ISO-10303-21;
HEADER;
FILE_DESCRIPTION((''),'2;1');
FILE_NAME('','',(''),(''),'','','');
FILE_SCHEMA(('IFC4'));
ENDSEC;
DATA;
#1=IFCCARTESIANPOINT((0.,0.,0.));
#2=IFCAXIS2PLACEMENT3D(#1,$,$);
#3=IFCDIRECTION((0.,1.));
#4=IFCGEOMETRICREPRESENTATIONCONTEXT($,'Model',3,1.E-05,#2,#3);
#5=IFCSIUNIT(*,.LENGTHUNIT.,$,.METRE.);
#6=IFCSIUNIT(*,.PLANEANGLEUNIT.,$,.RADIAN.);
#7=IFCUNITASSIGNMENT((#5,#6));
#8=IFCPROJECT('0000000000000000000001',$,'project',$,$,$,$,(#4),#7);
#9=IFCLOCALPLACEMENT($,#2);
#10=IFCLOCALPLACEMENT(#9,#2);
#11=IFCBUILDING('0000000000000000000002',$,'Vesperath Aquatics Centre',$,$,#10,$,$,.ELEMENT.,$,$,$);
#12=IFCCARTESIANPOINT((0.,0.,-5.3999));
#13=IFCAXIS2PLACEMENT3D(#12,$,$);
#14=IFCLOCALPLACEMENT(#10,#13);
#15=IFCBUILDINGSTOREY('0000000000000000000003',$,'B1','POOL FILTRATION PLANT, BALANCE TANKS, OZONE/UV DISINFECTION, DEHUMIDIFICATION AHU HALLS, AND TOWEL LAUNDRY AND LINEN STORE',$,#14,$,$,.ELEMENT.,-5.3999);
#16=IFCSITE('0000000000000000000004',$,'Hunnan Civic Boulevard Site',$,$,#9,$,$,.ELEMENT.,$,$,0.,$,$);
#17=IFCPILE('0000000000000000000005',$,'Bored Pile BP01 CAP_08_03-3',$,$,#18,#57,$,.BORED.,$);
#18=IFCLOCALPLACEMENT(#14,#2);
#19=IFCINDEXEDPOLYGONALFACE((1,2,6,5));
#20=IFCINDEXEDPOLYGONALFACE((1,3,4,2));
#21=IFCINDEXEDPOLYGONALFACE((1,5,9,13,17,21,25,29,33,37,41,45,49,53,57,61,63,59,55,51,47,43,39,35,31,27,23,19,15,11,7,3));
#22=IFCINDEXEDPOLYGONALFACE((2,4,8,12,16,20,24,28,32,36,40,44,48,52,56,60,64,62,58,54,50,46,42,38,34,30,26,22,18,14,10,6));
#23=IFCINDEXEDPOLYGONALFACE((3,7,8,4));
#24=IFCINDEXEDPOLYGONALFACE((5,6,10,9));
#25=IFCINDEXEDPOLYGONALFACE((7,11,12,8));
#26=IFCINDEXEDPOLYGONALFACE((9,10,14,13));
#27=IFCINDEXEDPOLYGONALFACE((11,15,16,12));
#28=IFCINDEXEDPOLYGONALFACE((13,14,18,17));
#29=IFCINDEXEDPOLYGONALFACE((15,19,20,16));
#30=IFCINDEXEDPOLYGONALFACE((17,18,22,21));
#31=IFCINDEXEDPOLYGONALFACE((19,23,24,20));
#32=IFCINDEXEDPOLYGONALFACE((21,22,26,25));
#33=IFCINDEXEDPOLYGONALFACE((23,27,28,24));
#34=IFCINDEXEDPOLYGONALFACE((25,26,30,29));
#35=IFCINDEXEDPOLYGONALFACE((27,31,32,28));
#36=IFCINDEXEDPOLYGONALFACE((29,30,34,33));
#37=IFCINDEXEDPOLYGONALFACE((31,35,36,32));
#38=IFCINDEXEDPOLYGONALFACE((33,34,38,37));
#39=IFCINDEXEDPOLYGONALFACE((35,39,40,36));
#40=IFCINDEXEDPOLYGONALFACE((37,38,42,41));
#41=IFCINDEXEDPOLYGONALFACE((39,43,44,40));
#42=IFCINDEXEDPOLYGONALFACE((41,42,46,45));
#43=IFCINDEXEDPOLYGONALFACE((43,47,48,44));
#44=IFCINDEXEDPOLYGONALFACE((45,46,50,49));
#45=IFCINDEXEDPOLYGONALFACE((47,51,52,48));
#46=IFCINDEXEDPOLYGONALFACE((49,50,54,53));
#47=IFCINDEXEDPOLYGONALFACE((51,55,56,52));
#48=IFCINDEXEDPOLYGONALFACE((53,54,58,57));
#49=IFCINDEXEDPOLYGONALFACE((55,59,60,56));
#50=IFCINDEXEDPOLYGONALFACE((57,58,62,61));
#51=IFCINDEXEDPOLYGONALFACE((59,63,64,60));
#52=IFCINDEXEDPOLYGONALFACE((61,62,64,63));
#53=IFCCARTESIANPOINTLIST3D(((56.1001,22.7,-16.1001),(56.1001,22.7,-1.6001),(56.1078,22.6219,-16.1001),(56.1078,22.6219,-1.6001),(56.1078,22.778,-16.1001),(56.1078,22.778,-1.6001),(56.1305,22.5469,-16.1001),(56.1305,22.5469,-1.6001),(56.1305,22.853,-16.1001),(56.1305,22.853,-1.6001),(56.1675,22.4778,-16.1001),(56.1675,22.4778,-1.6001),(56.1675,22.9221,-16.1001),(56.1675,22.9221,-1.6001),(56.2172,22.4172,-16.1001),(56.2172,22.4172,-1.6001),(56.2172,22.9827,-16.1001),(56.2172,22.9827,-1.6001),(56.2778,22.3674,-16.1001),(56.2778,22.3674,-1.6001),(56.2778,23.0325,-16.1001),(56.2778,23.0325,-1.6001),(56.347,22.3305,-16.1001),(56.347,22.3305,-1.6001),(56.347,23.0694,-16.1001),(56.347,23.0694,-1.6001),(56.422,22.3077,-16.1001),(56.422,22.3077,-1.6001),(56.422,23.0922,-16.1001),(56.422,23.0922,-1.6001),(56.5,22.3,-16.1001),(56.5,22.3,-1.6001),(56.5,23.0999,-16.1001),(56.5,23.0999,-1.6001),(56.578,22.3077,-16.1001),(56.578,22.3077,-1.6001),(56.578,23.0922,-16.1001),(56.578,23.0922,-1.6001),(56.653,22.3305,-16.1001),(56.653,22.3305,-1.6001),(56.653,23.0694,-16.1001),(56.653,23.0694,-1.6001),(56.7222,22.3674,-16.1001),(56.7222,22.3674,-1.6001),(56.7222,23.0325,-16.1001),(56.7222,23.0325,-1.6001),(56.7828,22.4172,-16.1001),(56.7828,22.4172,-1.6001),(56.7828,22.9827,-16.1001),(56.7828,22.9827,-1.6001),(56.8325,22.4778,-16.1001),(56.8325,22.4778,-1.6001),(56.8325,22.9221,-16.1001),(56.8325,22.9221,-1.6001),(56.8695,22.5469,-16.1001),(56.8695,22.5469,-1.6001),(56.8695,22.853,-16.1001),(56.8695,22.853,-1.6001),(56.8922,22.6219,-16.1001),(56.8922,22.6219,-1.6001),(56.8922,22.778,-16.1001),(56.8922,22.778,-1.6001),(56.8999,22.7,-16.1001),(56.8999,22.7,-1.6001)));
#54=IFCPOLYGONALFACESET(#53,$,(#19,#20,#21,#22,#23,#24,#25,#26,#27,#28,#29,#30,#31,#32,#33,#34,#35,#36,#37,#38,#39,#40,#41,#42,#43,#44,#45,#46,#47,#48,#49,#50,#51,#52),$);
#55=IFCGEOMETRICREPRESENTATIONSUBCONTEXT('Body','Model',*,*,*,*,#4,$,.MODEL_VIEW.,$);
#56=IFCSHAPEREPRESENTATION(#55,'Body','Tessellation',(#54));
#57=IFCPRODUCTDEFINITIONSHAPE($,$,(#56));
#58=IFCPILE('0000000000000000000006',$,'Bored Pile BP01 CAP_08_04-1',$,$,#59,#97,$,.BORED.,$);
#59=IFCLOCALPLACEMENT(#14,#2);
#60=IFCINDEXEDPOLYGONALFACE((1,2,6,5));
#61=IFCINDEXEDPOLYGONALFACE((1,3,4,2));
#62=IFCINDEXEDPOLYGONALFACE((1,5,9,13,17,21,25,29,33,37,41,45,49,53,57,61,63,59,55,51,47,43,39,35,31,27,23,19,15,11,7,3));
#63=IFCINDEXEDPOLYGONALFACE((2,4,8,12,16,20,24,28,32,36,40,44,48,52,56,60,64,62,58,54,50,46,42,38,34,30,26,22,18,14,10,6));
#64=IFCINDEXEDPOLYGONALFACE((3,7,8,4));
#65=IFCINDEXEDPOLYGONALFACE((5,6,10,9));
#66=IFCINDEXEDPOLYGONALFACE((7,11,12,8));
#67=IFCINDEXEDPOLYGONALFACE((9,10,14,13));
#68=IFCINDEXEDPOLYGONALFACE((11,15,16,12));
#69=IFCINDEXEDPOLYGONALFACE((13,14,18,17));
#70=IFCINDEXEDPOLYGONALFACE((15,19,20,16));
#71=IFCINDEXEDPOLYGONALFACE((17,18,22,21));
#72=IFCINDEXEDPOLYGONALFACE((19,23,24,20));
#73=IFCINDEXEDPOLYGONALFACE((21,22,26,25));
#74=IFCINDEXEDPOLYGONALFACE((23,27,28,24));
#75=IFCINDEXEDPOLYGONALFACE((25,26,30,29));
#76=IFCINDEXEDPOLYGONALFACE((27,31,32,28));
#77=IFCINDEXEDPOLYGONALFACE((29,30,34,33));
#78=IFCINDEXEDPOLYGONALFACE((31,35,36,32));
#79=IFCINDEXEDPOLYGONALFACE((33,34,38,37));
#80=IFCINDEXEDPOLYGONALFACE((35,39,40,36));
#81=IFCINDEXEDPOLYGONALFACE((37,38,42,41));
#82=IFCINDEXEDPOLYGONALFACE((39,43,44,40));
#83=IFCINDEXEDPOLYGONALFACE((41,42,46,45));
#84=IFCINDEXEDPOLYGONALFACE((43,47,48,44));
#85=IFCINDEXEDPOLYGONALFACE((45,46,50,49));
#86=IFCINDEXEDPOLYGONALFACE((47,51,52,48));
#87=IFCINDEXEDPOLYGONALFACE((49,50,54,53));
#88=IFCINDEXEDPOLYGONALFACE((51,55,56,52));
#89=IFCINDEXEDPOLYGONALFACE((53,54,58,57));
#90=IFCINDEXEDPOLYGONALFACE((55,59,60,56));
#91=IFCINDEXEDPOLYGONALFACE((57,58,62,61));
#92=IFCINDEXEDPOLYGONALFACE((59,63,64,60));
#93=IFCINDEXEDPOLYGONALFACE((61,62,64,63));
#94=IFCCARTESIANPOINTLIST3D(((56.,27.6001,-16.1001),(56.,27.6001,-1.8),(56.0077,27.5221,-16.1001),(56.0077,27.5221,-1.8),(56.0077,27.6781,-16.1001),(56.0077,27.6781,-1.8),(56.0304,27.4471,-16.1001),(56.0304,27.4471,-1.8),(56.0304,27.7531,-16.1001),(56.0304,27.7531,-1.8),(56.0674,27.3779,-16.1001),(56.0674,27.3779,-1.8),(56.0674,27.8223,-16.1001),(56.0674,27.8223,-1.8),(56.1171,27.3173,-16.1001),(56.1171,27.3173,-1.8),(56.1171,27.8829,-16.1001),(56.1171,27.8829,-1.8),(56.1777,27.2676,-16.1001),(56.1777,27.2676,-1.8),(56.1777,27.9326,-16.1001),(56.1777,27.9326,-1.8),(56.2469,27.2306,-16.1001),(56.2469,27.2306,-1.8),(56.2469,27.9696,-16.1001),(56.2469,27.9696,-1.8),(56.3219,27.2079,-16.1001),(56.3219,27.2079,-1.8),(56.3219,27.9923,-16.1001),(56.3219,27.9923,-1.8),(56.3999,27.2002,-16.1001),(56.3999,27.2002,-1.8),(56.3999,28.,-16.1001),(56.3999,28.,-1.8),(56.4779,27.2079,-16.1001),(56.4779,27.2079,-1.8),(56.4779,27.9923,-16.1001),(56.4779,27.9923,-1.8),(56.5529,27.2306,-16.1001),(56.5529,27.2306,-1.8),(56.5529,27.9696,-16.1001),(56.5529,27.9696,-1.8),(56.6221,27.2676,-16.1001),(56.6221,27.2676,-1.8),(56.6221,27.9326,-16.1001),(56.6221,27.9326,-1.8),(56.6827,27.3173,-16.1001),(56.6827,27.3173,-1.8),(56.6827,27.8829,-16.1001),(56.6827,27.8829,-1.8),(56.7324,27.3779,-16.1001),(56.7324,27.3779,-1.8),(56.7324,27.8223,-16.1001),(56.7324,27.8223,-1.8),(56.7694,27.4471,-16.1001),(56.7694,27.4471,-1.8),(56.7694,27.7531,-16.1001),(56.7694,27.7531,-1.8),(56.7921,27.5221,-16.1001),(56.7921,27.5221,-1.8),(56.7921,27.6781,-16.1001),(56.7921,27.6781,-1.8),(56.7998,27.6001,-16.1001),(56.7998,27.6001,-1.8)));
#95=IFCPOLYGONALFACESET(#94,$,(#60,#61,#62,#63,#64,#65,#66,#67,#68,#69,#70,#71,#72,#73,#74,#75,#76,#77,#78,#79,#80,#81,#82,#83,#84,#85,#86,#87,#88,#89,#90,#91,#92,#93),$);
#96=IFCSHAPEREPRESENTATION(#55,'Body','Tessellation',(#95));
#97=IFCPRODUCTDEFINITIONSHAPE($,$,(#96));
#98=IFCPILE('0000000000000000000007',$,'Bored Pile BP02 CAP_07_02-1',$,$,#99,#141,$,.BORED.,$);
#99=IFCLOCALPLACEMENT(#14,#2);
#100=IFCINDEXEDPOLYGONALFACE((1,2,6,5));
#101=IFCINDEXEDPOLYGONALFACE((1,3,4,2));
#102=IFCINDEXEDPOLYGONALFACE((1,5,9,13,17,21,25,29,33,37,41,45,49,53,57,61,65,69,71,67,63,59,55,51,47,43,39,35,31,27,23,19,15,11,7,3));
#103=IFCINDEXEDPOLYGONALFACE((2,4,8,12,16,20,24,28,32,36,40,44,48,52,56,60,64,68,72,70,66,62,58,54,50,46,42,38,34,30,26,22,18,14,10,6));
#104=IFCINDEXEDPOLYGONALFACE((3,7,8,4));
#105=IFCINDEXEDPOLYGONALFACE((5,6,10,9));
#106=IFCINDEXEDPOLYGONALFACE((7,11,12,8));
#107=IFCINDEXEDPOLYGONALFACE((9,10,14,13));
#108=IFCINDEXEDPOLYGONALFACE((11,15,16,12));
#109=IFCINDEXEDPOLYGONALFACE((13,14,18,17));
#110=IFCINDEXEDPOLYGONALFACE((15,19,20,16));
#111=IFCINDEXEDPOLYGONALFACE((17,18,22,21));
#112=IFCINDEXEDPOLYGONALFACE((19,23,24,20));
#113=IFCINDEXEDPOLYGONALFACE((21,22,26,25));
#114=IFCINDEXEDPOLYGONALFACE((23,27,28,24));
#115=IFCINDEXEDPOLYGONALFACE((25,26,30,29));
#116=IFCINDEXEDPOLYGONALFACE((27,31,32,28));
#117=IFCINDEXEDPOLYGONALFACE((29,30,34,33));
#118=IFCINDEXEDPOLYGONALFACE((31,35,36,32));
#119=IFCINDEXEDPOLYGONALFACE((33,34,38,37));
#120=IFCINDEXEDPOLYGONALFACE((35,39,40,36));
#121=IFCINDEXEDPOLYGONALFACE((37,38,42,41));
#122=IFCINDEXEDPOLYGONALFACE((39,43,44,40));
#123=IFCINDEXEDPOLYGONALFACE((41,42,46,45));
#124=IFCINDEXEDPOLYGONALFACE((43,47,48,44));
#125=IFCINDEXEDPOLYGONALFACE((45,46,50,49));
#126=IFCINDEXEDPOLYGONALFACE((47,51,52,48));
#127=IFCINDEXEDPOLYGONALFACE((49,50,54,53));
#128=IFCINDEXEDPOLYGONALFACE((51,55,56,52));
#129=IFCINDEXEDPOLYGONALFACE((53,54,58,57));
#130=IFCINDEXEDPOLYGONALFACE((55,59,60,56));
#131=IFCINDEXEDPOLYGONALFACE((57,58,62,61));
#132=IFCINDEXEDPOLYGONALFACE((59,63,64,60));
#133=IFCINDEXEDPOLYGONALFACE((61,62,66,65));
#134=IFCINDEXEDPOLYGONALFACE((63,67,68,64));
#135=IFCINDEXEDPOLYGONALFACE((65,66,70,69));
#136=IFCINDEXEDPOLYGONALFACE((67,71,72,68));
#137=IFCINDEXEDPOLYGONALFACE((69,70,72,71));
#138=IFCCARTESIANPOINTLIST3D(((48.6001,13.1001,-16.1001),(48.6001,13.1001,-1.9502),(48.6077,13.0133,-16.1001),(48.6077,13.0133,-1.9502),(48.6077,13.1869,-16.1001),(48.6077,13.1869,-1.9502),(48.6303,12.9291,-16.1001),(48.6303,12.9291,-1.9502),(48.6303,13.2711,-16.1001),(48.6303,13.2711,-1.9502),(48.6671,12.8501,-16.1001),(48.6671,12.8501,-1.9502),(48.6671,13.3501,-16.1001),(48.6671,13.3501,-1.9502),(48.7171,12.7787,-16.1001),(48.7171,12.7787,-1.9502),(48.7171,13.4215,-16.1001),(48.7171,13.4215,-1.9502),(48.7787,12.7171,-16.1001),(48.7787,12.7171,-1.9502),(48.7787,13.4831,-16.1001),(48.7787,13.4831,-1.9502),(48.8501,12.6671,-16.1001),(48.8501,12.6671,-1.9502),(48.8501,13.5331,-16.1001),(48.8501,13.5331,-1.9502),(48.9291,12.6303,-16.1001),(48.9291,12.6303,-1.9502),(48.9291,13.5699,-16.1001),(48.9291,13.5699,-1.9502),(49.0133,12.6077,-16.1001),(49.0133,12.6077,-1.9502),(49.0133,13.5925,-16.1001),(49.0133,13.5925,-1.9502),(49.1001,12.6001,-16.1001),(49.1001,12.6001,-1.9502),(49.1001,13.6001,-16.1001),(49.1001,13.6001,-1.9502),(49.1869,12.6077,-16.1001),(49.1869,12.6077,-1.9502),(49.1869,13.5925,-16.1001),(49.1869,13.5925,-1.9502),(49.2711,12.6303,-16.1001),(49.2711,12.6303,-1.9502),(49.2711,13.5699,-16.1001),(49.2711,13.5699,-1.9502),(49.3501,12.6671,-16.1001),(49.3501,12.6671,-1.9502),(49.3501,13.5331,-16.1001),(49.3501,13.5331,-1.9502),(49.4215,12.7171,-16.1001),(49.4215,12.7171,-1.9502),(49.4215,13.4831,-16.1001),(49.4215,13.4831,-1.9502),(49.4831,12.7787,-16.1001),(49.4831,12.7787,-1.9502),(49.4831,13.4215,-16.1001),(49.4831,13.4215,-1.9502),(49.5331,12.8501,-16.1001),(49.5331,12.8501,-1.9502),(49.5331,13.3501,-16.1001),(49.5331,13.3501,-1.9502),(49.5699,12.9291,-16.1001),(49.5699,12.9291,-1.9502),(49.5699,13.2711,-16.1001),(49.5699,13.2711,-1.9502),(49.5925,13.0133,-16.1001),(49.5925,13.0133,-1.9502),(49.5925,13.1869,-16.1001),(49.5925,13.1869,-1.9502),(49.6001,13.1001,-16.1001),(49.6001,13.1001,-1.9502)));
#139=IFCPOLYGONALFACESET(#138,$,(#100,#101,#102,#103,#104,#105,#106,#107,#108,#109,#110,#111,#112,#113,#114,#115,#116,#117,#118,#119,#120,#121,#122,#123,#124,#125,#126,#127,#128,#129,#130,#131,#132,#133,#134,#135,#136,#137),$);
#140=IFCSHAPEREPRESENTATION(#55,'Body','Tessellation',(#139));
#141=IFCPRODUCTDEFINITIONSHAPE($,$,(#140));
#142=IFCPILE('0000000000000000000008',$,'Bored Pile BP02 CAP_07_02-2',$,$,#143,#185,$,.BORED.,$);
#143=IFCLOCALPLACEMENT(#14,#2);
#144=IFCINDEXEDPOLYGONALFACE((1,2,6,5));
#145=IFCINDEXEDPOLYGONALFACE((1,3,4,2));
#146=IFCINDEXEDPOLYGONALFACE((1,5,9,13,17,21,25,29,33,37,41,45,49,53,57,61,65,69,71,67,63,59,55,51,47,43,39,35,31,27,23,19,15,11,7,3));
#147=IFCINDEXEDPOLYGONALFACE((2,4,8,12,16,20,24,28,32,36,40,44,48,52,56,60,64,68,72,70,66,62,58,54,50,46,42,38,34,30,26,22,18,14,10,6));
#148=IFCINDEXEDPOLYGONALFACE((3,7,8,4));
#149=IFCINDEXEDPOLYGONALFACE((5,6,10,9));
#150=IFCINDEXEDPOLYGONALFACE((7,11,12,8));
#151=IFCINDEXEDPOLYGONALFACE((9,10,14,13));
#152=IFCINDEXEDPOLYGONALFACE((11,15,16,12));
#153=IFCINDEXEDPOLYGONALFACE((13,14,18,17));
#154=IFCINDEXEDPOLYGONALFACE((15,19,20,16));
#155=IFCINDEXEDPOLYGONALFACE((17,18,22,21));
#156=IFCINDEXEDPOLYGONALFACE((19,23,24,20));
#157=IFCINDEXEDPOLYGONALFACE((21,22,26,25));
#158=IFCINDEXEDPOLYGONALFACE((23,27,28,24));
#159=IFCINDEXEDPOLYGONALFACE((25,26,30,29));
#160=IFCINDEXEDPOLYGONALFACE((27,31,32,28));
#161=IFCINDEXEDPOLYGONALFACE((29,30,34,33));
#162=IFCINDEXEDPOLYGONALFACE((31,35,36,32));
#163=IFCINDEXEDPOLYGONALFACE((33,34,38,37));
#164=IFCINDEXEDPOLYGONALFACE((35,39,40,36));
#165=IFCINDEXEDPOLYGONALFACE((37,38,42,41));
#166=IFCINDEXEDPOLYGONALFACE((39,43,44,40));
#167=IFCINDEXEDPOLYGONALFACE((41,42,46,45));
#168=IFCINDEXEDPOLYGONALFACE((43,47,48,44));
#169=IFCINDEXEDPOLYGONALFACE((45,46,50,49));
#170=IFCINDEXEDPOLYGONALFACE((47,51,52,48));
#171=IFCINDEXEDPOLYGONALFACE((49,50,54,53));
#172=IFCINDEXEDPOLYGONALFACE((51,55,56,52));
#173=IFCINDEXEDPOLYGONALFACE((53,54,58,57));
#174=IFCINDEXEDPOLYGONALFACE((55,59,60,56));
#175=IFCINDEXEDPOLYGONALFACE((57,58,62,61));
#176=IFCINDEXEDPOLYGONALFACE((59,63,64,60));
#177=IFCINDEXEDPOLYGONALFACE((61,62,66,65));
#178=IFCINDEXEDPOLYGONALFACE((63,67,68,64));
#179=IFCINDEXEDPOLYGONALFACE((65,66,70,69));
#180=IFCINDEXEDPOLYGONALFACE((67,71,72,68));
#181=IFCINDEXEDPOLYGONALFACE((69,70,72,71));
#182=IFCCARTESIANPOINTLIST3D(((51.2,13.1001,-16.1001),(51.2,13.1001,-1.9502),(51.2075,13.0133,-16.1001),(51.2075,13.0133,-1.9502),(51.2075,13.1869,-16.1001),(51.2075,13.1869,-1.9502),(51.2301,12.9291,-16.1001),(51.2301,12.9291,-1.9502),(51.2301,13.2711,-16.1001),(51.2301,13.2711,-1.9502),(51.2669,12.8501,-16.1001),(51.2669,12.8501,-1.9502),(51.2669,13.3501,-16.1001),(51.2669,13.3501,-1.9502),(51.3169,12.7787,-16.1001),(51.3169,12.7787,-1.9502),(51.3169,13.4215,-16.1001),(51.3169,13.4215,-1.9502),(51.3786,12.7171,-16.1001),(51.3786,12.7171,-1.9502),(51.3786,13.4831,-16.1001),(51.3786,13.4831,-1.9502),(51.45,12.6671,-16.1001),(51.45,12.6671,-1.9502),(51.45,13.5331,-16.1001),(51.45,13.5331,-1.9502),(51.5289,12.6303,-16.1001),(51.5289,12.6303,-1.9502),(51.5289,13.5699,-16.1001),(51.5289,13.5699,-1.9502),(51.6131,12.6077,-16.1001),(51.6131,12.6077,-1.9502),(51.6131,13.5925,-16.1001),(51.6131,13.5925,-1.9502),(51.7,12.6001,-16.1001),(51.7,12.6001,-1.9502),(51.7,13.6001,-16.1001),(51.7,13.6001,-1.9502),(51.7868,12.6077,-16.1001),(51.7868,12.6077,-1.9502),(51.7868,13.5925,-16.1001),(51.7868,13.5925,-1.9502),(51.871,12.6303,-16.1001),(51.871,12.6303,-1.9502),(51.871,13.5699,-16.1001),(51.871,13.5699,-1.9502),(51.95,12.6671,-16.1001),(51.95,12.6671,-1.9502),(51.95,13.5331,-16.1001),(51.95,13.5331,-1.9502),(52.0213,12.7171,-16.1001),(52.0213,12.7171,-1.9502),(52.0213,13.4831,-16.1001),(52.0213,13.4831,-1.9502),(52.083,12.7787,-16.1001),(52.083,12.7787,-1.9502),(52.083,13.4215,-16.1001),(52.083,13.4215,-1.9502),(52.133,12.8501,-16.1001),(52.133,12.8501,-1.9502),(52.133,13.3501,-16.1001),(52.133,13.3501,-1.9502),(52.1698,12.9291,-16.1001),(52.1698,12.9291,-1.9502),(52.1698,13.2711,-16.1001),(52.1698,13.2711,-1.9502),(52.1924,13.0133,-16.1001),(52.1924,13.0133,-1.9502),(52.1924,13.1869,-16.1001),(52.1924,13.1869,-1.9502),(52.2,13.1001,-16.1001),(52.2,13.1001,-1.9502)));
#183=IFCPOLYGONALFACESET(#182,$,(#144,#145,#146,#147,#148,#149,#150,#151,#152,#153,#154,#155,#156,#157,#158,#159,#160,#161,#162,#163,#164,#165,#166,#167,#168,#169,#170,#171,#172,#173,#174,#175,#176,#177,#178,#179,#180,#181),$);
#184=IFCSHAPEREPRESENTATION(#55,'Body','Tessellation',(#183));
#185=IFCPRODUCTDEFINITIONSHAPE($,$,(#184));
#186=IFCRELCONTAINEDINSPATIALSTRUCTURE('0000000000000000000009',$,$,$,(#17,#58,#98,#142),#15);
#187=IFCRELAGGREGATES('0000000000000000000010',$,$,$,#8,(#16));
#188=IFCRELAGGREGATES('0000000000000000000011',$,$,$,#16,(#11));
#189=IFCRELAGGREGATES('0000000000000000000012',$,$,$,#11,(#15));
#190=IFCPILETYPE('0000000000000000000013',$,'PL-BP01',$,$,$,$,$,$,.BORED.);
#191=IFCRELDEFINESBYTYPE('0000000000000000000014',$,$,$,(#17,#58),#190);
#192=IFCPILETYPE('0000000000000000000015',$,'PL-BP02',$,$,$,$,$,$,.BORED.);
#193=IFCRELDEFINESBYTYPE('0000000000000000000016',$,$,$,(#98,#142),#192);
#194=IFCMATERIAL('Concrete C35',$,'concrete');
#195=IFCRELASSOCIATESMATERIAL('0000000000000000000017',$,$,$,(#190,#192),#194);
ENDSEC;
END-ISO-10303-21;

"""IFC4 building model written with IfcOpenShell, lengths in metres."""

from ifc_helpers import new_model, si_unit, direction, frame, origin, origin_2d, place, context, subcontext, project, spatial, circle, extrude, material, material_profile, profile_set, type_object, element, save


model = new_model("IFC4")

# Units and contexts
model_context = context("Model", 3, precision=1e-05, world=origin(), true_north=direction((0.0, 1.0)))
body_context = subcontext(model_context, "Body", "Model", "MODEL_VIEW")
ifc_project = project(units=[si_unit("LENGTHUNIT", "METRE"), si_unit("PLANEANGLEUNIT", "RADIAN")], contexts=[model_context])

# Site, building, storey
site_placement = place(None, origin())
site = spatial("IfcSite", under=ifc_project, at=site_placement, Name="Hunnan Civic Boulevard Site", CompositionType="ELEMENT", RefElevation=0.0)
building_placement = place(site_placement, origin())
building = spatial("IfcBuilding", under=site, at=building_placement, Name="Vesperath Aquatics Centre", CompositionType="ELEMENT")
storey_placement = place(building_placement, frame((0.0, 0.0, -5.3999)))
storey = spatial("IfcBuildingStorey", under=building, at=storey_placement, Name="B1", Description="POOL FILTRATION PLANT, BALANCE TANKS, OZONE/UV DISINFECTION, DEHUMIDIFICATION AHU HALLS, AND TOWEL LAUNDRY AND LINEN STORE", CompositionType="ELEMENT", Elevation=-5.3999)

# Piles
ifc_material_1 = material(Name="Concrete C35", Category="concrete")
ifc_material_profile_1 = material_profile(ifc_material_1, circle(Radius=0.3999, at=origin_2d()), Name="PILE D800")
ifc_profile_set_1 = profile_set([ifc_material_profile_1], Name="Concrete C35")
pile_type_1 = type_object("IfcPileType", Name="PL-BP01", PredefinedType="BORED", material=ifc_profile_set_1)
for number, where, z_axis, x_axis, name in (
    (1, (56.5, 22.7, -1.6001), (0.0, 0.0, -1.0), (1.0, 0.0, 0.0), "Bored Pile BP01 CAP_08_03-3"),
):
    element("IfcPile", number, at=place(storey_placement, frame(where, z_axis=z_axis, x_axis=x_axis)), inside=storey, type_object=pile_type_1, Name=name, PredefinedType="BORED", context=body_context, shape_type="SweptSolid", body=[
        extrude(circle(Radius=0.3999, at=origin_2d()), origin(), (0.0, 0.0, 1.0), 14.5),
    ])
pile_placement = place(storey_placement, frame((56.3999, 27.6001, -1.8), z_axis=(0.0, 0.0, -1.0), x_axis=(1.0, 0.0, 0.0)))
element("IfcPile", 2, at=pile_placement, inside=storey, type_object=pile_type_1, Name="Bored Pile BP01 CAP_08_04-1", PredefinedType="BORED", context=body_context, shape_type="SweptSolid", body=[
    extrude(circle(Radius=0.3999, at=origin_2d()), origin(), (0.0, 0.0, 1.0), 14.3),
])
ifc_material_profile_2 = material_profile(ifc_material_1, circle(Radius=0.5, at=origin_2d()), Name="PILE D1000")
ifc_profile_set_2 = profile_set([ifc_material_profile_2], Name="Concrete C35")
pile_type_2 = type_object("IfcPileType", Name="PL-BP02", PredefinedType="BORED", material=ifc_profile_set_2)
for number, where, z_axis, x_axis, name in (
    (3, (49.1001, 13.1001, -1.9502), (0.0, 0.0, -1.0), (1.0, 0.0, 0.0), "Bored Pile BP02 CAP_07_02-1"),
    (4, (51.7, 13.1001, -1.9502), (0.0, 0.0, -1.0), (1.0, 0.0, 0.0), "Bored Pile BP02 CAP_07_02-2"),
):
    element("IfcPile", number, at=place(storey_placement, frame(where, z_axis=z_axis, x_axis=x_axis)), inside=storey, type_object=pile_type_2, Name=name, PredefinedType="BORED", context=body_context, shape_type="SweptSolid", body=[
        extrude(circle(Radius=0.5, at=origin_2d()), origin(), (0.0, 0.0, 1.0), 14.1499),
    ])

save(model, "model.ifc")
